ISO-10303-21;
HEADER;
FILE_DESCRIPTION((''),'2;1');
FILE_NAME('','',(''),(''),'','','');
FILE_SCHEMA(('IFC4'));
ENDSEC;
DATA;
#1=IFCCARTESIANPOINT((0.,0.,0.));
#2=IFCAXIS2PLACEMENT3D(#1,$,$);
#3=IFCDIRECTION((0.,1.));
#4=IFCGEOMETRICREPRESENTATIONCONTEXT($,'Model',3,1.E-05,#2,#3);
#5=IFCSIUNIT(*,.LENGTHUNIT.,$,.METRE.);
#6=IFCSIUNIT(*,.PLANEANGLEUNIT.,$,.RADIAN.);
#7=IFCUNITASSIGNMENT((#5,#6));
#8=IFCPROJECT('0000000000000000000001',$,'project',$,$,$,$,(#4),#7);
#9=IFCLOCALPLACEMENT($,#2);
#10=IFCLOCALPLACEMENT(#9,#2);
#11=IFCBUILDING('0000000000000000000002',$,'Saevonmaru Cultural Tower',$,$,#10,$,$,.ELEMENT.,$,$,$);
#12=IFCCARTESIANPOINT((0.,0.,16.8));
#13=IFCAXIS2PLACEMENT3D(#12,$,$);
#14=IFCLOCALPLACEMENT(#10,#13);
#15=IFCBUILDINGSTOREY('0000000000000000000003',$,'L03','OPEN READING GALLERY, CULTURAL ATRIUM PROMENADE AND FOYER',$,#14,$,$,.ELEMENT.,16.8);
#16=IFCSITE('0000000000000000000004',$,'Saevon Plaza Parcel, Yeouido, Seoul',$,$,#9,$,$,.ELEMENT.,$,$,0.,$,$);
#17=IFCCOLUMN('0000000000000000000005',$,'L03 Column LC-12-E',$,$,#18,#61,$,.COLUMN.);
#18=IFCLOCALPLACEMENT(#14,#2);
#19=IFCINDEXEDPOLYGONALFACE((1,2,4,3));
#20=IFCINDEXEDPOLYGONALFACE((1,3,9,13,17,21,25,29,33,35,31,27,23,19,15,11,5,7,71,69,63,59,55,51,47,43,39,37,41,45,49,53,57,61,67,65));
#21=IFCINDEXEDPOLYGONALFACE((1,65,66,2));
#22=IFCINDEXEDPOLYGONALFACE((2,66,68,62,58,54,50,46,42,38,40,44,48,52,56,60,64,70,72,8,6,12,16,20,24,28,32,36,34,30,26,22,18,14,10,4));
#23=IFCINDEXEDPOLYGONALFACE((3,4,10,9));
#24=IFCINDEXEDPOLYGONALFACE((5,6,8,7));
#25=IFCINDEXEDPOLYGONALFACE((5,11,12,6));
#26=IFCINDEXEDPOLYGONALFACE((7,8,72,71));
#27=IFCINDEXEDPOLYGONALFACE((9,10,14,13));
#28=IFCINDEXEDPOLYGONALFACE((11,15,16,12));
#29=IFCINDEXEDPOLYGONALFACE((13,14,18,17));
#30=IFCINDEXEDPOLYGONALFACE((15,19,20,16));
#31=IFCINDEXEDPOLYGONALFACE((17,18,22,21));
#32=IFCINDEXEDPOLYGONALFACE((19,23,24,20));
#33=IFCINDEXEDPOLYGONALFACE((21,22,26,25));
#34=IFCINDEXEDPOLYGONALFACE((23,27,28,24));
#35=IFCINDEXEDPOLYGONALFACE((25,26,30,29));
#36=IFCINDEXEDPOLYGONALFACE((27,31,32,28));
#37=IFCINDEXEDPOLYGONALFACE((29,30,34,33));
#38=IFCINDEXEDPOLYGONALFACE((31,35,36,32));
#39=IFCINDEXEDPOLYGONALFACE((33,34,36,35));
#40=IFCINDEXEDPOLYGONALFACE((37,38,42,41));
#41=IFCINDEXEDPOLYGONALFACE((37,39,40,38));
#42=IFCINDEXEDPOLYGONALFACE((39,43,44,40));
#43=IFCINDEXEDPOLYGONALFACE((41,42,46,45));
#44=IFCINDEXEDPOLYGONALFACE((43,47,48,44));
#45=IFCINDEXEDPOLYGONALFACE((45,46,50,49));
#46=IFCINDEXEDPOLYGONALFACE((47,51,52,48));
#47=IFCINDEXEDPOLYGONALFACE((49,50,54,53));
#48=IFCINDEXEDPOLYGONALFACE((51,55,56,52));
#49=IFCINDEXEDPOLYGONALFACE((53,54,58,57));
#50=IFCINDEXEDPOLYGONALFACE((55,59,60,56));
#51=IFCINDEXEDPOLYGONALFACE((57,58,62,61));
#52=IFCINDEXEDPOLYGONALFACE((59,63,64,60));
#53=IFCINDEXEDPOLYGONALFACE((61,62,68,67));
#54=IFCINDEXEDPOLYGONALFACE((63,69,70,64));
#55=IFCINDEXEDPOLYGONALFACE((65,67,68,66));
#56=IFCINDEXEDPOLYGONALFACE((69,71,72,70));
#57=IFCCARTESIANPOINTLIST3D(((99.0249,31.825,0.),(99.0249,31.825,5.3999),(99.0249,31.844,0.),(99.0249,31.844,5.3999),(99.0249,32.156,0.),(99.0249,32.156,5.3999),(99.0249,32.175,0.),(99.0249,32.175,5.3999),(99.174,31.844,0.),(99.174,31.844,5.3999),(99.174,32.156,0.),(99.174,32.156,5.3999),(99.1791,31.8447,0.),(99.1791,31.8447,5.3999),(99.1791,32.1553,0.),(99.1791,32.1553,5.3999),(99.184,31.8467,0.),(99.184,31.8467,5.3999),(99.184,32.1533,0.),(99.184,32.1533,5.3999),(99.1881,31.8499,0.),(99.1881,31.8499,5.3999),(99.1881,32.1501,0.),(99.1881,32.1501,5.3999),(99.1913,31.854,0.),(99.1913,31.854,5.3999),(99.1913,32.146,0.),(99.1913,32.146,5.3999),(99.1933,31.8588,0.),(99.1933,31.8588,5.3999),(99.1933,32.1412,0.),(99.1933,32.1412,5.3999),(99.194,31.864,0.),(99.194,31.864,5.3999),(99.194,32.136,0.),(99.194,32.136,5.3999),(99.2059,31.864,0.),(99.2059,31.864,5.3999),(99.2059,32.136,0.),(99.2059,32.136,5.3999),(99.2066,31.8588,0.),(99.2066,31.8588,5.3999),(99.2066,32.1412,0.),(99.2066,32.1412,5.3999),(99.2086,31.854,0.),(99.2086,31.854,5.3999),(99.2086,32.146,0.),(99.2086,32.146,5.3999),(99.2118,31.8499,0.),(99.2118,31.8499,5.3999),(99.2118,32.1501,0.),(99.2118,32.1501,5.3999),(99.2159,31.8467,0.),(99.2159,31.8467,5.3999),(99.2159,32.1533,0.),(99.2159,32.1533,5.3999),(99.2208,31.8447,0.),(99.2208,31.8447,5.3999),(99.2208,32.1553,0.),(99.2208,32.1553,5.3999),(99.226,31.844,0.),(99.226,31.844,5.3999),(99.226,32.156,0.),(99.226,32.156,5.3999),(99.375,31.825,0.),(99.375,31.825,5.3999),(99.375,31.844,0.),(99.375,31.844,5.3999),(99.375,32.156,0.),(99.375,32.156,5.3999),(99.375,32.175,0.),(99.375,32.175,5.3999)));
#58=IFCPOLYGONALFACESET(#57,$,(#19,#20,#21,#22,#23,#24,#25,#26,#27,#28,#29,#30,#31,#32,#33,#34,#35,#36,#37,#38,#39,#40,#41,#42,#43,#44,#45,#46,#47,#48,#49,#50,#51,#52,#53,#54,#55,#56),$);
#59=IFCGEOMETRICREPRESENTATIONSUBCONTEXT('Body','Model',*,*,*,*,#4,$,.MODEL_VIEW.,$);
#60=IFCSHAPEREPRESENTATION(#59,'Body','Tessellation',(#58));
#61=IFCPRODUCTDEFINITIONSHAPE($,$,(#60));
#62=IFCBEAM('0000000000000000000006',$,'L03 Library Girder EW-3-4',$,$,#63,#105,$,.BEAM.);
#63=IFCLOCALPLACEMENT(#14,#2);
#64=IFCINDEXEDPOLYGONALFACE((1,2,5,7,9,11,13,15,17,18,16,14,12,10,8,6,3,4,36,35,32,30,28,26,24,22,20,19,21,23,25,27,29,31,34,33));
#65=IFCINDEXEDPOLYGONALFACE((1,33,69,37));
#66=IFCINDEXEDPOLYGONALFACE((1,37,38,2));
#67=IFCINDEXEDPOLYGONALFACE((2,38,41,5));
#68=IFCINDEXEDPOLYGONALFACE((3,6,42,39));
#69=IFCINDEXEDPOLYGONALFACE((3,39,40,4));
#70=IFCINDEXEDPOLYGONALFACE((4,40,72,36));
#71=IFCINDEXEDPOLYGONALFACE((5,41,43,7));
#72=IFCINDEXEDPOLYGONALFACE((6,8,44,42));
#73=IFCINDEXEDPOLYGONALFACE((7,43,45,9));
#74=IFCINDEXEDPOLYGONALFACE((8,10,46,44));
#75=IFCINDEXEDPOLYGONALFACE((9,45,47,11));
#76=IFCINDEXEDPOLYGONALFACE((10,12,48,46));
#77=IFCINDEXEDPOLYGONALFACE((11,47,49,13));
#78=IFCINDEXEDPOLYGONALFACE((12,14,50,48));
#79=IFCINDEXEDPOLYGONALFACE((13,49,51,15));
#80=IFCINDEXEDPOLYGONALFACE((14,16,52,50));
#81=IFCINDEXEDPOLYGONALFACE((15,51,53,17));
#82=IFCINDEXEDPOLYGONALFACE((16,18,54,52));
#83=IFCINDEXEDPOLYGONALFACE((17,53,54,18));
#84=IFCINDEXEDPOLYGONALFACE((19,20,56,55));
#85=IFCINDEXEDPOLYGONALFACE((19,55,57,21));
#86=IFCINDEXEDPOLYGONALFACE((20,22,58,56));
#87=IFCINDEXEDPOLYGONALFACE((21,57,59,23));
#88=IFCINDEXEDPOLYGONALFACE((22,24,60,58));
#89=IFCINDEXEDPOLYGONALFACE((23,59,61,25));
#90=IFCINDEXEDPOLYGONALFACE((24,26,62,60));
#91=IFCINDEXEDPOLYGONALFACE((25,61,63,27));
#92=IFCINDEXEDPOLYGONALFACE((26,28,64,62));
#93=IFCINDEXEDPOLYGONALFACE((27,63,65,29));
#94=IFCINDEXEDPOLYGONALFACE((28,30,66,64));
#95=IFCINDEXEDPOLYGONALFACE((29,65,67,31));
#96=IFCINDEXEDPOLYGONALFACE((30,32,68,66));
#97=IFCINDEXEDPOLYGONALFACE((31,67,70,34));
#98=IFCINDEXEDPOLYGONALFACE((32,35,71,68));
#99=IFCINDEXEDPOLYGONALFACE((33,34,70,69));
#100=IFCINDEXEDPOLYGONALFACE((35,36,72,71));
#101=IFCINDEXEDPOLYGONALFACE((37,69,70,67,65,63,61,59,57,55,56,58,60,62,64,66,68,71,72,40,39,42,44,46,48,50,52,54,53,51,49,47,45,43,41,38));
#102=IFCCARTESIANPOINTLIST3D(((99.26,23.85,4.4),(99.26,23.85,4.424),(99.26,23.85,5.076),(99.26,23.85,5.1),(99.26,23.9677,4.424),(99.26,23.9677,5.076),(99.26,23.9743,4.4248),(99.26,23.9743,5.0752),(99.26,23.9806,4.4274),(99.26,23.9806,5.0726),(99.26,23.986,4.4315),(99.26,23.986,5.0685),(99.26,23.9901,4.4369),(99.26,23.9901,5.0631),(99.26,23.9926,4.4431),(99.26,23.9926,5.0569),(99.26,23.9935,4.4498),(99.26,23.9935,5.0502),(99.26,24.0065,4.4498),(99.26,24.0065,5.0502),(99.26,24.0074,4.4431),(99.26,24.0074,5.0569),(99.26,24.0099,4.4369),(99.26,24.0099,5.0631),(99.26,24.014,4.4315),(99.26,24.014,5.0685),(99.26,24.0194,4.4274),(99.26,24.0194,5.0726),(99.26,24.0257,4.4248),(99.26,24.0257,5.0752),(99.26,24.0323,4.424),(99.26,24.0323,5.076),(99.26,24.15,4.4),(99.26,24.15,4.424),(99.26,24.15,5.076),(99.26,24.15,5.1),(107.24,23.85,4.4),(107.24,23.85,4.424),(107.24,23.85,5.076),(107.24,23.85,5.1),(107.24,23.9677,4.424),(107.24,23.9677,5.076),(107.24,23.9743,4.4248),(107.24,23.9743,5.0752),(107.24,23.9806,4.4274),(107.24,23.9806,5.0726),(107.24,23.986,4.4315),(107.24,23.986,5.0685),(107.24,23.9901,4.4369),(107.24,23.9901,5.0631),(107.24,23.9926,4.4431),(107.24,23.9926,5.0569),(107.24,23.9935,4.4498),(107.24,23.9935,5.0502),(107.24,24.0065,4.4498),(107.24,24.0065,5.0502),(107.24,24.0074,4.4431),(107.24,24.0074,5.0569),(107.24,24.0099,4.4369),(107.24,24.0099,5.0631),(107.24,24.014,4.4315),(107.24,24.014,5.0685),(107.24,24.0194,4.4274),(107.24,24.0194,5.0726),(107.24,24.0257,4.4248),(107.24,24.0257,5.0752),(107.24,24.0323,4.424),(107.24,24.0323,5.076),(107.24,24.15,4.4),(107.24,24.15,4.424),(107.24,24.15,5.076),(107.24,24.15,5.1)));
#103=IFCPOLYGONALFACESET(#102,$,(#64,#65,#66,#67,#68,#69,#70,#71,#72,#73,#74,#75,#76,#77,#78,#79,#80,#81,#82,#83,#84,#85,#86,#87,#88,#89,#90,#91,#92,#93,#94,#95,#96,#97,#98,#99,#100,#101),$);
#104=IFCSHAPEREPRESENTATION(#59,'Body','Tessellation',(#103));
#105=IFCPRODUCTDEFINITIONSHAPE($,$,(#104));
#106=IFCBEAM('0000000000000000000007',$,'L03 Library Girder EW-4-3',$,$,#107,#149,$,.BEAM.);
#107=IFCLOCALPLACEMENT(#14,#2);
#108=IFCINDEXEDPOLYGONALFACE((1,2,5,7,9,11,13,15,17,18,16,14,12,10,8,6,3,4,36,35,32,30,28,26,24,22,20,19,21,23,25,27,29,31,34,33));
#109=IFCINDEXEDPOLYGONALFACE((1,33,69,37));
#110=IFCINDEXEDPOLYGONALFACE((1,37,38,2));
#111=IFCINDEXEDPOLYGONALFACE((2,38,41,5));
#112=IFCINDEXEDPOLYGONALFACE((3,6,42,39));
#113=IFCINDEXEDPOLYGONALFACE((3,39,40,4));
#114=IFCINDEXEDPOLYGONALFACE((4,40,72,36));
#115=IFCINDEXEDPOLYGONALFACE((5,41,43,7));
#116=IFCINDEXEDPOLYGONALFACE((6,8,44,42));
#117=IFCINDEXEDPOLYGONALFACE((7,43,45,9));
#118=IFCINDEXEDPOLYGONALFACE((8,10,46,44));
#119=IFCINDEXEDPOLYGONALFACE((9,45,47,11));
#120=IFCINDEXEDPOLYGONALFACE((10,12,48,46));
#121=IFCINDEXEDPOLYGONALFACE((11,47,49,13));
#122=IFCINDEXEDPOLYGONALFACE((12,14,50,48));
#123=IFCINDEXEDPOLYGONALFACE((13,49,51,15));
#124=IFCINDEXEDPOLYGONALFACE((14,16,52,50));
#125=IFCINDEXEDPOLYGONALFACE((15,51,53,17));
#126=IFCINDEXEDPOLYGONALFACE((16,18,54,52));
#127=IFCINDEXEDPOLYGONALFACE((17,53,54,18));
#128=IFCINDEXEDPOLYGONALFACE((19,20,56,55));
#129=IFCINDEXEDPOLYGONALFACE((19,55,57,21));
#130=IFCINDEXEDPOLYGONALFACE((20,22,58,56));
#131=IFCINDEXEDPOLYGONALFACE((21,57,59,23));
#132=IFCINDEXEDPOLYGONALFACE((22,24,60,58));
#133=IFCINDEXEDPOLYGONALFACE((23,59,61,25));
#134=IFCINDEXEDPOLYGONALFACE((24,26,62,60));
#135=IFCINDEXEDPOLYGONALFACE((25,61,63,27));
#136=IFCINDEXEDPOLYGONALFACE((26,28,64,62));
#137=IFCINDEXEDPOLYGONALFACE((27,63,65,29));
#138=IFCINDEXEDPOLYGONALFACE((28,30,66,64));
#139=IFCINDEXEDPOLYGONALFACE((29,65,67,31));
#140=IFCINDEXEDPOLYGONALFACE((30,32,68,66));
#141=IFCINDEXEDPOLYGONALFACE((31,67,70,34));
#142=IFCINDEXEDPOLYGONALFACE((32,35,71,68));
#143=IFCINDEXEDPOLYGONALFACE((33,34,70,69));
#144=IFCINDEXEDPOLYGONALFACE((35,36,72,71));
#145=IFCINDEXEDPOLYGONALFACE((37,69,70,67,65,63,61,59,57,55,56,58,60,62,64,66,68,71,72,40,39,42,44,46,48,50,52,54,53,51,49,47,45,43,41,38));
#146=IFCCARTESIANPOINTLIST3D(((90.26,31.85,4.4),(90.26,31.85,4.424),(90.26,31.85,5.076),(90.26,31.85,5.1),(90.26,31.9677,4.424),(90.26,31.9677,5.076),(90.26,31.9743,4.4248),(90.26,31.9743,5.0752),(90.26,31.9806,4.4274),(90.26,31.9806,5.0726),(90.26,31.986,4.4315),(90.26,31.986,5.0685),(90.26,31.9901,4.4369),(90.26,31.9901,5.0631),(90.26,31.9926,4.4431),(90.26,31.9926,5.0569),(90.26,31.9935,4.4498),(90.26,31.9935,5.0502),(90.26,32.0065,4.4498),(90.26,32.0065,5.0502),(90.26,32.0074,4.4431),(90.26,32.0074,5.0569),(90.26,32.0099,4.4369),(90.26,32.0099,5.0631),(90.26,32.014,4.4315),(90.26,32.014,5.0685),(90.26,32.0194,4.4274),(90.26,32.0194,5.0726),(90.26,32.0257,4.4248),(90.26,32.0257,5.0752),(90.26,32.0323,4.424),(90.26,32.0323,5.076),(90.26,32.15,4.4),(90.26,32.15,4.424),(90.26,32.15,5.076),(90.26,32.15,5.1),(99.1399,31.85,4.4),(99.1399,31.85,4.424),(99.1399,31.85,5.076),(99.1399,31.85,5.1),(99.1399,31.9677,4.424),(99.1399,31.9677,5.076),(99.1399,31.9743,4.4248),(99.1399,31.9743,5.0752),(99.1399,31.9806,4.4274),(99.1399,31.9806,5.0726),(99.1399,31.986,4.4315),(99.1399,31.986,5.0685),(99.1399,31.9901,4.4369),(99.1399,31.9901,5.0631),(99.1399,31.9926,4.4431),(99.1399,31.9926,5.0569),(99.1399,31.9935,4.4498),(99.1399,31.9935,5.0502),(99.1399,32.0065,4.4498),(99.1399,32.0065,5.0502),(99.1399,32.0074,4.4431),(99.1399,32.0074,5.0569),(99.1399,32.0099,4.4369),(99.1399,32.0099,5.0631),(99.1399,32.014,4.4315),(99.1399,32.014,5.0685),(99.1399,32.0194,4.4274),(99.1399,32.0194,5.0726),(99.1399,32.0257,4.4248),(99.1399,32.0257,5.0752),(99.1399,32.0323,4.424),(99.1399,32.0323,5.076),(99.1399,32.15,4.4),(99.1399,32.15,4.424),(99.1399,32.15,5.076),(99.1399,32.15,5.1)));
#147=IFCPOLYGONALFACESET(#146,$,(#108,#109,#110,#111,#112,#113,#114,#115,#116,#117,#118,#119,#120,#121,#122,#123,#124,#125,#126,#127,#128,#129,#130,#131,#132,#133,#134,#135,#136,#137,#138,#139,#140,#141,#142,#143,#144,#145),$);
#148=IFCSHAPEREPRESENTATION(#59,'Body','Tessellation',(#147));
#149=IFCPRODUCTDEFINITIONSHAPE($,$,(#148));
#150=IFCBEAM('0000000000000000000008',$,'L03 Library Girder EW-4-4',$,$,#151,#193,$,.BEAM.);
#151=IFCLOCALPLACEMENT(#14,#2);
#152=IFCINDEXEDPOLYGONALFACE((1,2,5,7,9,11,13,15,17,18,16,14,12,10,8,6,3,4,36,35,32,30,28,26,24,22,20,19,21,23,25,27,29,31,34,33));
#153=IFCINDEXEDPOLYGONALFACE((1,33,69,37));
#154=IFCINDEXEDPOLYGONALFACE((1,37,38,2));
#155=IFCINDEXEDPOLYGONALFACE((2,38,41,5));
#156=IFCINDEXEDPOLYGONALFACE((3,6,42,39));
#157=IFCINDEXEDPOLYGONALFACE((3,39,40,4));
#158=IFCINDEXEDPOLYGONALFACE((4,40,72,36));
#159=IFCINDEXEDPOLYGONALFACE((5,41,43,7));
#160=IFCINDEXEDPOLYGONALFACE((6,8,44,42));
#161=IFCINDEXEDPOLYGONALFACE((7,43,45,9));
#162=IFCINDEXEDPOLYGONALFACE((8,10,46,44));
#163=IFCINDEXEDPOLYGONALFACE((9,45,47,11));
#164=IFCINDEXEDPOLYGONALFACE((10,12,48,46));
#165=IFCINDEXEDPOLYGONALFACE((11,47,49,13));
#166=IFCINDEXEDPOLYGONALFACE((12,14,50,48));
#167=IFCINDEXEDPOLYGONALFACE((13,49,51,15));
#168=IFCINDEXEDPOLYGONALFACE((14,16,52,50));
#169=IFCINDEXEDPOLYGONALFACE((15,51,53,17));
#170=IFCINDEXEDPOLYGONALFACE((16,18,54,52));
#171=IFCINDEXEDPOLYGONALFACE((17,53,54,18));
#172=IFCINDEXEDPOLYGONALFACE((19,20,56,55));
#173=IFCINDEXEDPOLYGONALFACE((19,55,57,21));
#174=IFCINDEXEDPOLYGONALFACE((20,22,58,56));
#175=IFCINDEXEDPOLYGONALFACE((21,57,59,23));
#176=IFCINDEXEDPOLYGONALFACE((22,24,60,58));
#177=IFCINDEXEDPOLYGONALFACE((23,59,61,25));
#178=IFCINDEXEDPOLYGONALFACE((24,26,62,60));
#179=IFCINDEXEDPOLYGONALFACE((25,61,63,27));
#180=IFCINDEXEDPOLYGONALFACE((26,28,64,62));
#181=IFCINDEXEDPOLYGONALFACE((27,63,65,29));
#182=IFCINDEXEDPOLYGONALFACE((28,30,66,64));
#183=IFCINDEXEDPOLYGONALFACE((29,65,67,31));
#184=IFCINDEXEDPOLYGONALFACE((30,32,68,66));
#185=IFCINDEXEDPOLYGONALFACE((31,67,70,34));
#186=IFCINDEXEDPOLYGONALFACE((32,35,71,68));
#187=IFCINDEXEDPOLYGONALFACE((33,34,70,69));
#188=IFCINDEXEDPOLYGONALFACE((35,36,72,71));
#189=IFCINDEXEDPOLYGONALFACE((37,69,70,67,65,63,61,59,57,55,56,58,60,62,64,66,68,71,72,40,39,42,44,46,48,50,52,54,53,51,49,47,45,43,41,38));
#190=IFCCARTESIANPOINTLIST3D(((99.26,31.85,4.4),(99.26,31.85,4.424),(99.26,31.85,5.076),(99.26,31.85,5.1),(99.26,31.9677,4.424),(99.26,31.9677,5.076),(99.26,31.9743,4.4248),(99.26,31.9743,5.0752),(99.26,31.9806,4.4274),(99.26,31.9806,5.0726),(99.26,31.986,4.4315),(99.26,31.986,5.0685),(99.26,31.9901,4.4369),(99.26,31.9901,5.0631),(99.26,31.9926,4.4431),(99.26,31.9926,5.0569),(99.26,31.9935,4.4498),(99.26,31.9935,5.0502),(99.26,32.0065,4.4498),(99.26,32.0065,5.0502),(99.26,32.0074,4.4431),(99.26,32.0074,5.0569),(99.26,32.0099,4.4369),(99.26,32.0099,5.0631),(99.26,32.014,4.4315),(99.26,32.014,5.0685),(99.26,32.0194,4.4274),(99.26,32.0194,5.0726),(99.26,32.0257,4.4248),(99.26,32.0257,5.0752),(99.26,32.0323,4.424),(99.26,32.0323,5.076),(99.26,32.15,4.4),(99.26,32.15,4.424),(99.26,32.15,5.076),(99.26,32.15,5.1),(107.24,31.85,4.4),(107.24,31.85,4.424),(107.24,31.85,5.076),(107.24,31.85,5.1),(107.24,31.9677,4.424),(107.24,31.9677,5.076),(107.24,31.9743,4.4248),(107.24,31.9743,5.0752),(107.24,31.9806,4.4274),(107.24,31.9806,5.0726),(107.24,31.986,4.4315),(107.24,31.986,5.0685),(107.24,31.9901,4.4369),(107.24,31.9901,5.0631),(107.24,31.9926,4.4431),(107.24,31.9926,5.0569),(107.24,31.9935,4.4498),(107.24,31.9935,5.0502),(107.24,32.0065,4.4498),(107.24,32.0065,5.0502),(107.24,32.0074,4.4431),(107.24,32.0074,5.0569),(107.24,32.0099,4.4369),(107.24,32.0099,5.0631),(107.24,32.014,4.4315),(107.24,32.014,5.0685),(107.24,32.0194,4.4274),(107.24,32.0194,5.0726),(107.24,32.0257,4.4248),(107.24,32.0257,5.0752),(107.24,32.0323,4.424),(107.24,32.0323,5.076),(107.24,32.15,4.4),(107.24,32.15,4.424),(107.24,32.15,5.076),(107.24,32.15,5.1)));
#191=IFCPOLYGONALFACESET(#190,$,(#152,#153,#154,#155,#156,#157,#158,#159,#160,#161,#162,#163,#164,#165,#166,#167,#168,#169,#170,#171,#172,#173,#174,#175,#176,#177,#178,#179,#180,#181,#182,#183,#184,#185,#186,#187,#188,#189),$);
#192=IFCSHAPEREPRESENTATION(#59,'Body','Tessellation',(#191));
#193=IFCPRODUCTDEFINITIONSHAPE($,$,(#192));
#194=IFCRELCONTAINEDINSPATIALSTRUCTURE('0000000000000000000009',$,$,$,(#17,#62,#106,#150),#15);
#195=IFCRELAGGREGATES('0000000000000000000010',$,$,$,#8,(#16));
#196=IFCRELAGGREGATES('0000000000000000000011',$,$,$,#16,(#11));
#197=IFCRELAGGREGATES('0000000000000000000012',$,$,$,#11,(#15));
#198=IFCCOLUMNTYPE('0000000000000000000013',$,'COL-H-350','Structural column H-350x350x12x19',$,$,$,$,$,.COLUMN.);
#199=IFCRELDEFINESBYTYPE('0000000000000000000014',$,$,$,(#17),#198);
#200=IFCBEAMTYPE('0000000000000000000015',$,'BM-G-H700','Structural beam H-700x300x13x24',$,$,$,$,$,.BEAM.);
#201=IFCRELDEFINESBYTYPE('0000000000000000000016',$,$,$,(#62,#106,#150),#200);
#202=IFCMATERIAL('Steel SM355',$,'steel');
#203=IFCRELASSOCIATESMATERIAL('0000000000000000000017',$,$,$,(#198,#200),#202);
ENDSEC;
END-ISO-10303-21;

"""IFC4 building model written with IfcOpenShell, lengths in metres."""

from ifc_helpers import new_model, si_unit, direction, frame, origin, origin_2d, place, context, subcontext, project, spatial, i_section, extrude, material, material_profile, profile_set, type_object, element, save


model = new_model("IFC4")

# Units and contexts
model_context = context("Model", 3, precision=1e-05, world=origin(), true_north=direction((0.0, 1.0)))
body_context = subcontext(model_context, "Body", "Model", "MODEL_VIEW")
ifc_project = project(units=[si_unit("LENGTHUNIT", "METRE"), si_unit("PLANEANGLEUNIT", "RADIAN")], contexts=[model_context])

# Site, building, storey
site_placement = place(None, origin())
site = spatial("IfcSite", under=ifc_project, at=site_placement, Name="Saevon Plaza Parcel, Yeouido, Seoul", CompositionType="ELEMENT", RefElevation=0.0)
building_placement = place(site_placement, origin())
building = spatial("IfcBuilding", under=site, at=building_placement, Name="Saevonmaru Cultural Tower", CompositionType="ELEMENT")
storey_placement = place(building_placement, frame((0.0, 0.0, 16.8)))
storey = spatial("IfcBuildingStorey", under=building, at=storey_placement, Name="L03", Description="OPEN READING GALLERY, CULTURAL ATRIUM PROMENADE AND FOYER", CompositionType="ELEMENT", Elevation=16.8)

# Column
ifc_material_1 = material(Name="Steel SM355", Category="steel")
ifc_material_profile_1 = material_profile(ifc_material_1, i_section(OverallWidth=0.3501, OverallDepth=0.3501, WebThickness=0.012, FlangeThickness=0.019, FilletRadius=0.02, at=origin_2d()), Name="H-350x350x12x19")
ifc_profile_set_1 = profile_set([ifc_material_profile_1], Name="Steel SM355")
column_type_1 = type_object("IfcColumnType", Name="COL-H-350", Description="Structural column H-350x350x12x19", PredefinedType="COLUMN", material=ifc_profile_set_1)
for number, where, z_axis, x_axis, name in (
    (1, (99.2, 32.0, 0.0), (0.0, 0.0, 1.0), (1.0, 0.0, 0.0), "L03 Column LC-12-E"),
):
    element("IfcColumn", number, at=place(storey_placement, frame(where, z_axis=z_axis, x_axis=x_axis)), inside=storey, type_object=column_type_1, Name=name, PredefinedType="COLUMN", context=body_context, shape_type="SweptSolid", body=[
        extrude(i_section(OverallWidth=0.3501, OverallDepth=0.3501, WebThickness=0.012, FlangeThickness=0.019, FilletRadius=0.02, at=origin_2d()), origin(), (0.0, 0.0, 1.0), 5.3999),
    ])

# Beams
ifc_material_profile_2 = material_profile(ifc_material_1, i_section(OverallWidth=0.3, OverallDepth=0.7, WebThickness=0.0129, FlangeThickness=0.0239, FilletRadius=0.0259, at=origin_2d()), Name="H-700x300x13x24")
ifc_profile_set_2 = profile_set([ifc_material_profile_2], Name="Steel SM355")
beam_type_1 = type_object("IfcBeamType", Name="BM-G-H700", Description="Structural beam H-700x300x13x24", PredefinedType="BEAM", material=ifc_profile_set_2)
beam_1_placement = place(storey_placement, frame((99.26, 24.0, 4.75), z_axis=(1.0, 0.0, 0.0), x_axis=(0.0, 1.0, 0.0)))
element("IfcBeam", 2, at=beam_1_placement, inside=storey, type_object=beam_type_1, Name="L03 Library Girder EW-3-4", PredefinedType="BEAM", context=body_context, shape_type="SweptSolid", body=[
    extrude(i_section(OverallWidth=0.3, OverallDepth=0.7, WebThickness=0.0129, FlangeThickness=0.0239, FilletRadius=0.0259, at=origin_2d()), origin(), (0.0, 0.0, 1.0), 7.98),
])
beam_2_placement = place(storey_placement, frame((90.26, 32.0, 4.75), z_axis=(1.0, 0.0, 0.0), x_axis=(0.0, 1.0, 0.0)))
element("IfcBeam", 3, at=beam_2_placement, inside=storey, type_object=beam_type_1, Name="L03 Library Girder EW-4-3", PredefinedType="BEAM", context=body_context, shape_type="SweptSolid", body=[
    extrude(i_section(OverallWidth=0.3, OverallDepth=0.7, WebThickness=0.0129, FlangeThickness=0.0239, FilletRadius=0.0259, at=origin_2d()), origin(), (0.0, 0.0, 1.0), 8.8799),
])
beam_3_placement = place(storey_placement, frame((99.26, 32.0, 4.75), z_axis=(1.0, 0.0, 0.0), x_axis=(0.0, 1.0, 0.0)))
element("IfcBeam", 4, at=beam_3_placement, inside=storey, type_object=beam_type_1, Name="L03 Library Girder EW-4-4", PredefinedType="BEAM", context=body_context, shape_type="SweptSolid", body=[
    extrude(i_section(OverallWidth=0.3, OverallDepth=0.7, WebThickness=0.0129, FlangeThickness=0.0239, FilletRadius=0.0259, at=origin_2d()), origin(), (0.0, 0.0, 1.0), 7.98),
])

save(model, "model.ifc")
